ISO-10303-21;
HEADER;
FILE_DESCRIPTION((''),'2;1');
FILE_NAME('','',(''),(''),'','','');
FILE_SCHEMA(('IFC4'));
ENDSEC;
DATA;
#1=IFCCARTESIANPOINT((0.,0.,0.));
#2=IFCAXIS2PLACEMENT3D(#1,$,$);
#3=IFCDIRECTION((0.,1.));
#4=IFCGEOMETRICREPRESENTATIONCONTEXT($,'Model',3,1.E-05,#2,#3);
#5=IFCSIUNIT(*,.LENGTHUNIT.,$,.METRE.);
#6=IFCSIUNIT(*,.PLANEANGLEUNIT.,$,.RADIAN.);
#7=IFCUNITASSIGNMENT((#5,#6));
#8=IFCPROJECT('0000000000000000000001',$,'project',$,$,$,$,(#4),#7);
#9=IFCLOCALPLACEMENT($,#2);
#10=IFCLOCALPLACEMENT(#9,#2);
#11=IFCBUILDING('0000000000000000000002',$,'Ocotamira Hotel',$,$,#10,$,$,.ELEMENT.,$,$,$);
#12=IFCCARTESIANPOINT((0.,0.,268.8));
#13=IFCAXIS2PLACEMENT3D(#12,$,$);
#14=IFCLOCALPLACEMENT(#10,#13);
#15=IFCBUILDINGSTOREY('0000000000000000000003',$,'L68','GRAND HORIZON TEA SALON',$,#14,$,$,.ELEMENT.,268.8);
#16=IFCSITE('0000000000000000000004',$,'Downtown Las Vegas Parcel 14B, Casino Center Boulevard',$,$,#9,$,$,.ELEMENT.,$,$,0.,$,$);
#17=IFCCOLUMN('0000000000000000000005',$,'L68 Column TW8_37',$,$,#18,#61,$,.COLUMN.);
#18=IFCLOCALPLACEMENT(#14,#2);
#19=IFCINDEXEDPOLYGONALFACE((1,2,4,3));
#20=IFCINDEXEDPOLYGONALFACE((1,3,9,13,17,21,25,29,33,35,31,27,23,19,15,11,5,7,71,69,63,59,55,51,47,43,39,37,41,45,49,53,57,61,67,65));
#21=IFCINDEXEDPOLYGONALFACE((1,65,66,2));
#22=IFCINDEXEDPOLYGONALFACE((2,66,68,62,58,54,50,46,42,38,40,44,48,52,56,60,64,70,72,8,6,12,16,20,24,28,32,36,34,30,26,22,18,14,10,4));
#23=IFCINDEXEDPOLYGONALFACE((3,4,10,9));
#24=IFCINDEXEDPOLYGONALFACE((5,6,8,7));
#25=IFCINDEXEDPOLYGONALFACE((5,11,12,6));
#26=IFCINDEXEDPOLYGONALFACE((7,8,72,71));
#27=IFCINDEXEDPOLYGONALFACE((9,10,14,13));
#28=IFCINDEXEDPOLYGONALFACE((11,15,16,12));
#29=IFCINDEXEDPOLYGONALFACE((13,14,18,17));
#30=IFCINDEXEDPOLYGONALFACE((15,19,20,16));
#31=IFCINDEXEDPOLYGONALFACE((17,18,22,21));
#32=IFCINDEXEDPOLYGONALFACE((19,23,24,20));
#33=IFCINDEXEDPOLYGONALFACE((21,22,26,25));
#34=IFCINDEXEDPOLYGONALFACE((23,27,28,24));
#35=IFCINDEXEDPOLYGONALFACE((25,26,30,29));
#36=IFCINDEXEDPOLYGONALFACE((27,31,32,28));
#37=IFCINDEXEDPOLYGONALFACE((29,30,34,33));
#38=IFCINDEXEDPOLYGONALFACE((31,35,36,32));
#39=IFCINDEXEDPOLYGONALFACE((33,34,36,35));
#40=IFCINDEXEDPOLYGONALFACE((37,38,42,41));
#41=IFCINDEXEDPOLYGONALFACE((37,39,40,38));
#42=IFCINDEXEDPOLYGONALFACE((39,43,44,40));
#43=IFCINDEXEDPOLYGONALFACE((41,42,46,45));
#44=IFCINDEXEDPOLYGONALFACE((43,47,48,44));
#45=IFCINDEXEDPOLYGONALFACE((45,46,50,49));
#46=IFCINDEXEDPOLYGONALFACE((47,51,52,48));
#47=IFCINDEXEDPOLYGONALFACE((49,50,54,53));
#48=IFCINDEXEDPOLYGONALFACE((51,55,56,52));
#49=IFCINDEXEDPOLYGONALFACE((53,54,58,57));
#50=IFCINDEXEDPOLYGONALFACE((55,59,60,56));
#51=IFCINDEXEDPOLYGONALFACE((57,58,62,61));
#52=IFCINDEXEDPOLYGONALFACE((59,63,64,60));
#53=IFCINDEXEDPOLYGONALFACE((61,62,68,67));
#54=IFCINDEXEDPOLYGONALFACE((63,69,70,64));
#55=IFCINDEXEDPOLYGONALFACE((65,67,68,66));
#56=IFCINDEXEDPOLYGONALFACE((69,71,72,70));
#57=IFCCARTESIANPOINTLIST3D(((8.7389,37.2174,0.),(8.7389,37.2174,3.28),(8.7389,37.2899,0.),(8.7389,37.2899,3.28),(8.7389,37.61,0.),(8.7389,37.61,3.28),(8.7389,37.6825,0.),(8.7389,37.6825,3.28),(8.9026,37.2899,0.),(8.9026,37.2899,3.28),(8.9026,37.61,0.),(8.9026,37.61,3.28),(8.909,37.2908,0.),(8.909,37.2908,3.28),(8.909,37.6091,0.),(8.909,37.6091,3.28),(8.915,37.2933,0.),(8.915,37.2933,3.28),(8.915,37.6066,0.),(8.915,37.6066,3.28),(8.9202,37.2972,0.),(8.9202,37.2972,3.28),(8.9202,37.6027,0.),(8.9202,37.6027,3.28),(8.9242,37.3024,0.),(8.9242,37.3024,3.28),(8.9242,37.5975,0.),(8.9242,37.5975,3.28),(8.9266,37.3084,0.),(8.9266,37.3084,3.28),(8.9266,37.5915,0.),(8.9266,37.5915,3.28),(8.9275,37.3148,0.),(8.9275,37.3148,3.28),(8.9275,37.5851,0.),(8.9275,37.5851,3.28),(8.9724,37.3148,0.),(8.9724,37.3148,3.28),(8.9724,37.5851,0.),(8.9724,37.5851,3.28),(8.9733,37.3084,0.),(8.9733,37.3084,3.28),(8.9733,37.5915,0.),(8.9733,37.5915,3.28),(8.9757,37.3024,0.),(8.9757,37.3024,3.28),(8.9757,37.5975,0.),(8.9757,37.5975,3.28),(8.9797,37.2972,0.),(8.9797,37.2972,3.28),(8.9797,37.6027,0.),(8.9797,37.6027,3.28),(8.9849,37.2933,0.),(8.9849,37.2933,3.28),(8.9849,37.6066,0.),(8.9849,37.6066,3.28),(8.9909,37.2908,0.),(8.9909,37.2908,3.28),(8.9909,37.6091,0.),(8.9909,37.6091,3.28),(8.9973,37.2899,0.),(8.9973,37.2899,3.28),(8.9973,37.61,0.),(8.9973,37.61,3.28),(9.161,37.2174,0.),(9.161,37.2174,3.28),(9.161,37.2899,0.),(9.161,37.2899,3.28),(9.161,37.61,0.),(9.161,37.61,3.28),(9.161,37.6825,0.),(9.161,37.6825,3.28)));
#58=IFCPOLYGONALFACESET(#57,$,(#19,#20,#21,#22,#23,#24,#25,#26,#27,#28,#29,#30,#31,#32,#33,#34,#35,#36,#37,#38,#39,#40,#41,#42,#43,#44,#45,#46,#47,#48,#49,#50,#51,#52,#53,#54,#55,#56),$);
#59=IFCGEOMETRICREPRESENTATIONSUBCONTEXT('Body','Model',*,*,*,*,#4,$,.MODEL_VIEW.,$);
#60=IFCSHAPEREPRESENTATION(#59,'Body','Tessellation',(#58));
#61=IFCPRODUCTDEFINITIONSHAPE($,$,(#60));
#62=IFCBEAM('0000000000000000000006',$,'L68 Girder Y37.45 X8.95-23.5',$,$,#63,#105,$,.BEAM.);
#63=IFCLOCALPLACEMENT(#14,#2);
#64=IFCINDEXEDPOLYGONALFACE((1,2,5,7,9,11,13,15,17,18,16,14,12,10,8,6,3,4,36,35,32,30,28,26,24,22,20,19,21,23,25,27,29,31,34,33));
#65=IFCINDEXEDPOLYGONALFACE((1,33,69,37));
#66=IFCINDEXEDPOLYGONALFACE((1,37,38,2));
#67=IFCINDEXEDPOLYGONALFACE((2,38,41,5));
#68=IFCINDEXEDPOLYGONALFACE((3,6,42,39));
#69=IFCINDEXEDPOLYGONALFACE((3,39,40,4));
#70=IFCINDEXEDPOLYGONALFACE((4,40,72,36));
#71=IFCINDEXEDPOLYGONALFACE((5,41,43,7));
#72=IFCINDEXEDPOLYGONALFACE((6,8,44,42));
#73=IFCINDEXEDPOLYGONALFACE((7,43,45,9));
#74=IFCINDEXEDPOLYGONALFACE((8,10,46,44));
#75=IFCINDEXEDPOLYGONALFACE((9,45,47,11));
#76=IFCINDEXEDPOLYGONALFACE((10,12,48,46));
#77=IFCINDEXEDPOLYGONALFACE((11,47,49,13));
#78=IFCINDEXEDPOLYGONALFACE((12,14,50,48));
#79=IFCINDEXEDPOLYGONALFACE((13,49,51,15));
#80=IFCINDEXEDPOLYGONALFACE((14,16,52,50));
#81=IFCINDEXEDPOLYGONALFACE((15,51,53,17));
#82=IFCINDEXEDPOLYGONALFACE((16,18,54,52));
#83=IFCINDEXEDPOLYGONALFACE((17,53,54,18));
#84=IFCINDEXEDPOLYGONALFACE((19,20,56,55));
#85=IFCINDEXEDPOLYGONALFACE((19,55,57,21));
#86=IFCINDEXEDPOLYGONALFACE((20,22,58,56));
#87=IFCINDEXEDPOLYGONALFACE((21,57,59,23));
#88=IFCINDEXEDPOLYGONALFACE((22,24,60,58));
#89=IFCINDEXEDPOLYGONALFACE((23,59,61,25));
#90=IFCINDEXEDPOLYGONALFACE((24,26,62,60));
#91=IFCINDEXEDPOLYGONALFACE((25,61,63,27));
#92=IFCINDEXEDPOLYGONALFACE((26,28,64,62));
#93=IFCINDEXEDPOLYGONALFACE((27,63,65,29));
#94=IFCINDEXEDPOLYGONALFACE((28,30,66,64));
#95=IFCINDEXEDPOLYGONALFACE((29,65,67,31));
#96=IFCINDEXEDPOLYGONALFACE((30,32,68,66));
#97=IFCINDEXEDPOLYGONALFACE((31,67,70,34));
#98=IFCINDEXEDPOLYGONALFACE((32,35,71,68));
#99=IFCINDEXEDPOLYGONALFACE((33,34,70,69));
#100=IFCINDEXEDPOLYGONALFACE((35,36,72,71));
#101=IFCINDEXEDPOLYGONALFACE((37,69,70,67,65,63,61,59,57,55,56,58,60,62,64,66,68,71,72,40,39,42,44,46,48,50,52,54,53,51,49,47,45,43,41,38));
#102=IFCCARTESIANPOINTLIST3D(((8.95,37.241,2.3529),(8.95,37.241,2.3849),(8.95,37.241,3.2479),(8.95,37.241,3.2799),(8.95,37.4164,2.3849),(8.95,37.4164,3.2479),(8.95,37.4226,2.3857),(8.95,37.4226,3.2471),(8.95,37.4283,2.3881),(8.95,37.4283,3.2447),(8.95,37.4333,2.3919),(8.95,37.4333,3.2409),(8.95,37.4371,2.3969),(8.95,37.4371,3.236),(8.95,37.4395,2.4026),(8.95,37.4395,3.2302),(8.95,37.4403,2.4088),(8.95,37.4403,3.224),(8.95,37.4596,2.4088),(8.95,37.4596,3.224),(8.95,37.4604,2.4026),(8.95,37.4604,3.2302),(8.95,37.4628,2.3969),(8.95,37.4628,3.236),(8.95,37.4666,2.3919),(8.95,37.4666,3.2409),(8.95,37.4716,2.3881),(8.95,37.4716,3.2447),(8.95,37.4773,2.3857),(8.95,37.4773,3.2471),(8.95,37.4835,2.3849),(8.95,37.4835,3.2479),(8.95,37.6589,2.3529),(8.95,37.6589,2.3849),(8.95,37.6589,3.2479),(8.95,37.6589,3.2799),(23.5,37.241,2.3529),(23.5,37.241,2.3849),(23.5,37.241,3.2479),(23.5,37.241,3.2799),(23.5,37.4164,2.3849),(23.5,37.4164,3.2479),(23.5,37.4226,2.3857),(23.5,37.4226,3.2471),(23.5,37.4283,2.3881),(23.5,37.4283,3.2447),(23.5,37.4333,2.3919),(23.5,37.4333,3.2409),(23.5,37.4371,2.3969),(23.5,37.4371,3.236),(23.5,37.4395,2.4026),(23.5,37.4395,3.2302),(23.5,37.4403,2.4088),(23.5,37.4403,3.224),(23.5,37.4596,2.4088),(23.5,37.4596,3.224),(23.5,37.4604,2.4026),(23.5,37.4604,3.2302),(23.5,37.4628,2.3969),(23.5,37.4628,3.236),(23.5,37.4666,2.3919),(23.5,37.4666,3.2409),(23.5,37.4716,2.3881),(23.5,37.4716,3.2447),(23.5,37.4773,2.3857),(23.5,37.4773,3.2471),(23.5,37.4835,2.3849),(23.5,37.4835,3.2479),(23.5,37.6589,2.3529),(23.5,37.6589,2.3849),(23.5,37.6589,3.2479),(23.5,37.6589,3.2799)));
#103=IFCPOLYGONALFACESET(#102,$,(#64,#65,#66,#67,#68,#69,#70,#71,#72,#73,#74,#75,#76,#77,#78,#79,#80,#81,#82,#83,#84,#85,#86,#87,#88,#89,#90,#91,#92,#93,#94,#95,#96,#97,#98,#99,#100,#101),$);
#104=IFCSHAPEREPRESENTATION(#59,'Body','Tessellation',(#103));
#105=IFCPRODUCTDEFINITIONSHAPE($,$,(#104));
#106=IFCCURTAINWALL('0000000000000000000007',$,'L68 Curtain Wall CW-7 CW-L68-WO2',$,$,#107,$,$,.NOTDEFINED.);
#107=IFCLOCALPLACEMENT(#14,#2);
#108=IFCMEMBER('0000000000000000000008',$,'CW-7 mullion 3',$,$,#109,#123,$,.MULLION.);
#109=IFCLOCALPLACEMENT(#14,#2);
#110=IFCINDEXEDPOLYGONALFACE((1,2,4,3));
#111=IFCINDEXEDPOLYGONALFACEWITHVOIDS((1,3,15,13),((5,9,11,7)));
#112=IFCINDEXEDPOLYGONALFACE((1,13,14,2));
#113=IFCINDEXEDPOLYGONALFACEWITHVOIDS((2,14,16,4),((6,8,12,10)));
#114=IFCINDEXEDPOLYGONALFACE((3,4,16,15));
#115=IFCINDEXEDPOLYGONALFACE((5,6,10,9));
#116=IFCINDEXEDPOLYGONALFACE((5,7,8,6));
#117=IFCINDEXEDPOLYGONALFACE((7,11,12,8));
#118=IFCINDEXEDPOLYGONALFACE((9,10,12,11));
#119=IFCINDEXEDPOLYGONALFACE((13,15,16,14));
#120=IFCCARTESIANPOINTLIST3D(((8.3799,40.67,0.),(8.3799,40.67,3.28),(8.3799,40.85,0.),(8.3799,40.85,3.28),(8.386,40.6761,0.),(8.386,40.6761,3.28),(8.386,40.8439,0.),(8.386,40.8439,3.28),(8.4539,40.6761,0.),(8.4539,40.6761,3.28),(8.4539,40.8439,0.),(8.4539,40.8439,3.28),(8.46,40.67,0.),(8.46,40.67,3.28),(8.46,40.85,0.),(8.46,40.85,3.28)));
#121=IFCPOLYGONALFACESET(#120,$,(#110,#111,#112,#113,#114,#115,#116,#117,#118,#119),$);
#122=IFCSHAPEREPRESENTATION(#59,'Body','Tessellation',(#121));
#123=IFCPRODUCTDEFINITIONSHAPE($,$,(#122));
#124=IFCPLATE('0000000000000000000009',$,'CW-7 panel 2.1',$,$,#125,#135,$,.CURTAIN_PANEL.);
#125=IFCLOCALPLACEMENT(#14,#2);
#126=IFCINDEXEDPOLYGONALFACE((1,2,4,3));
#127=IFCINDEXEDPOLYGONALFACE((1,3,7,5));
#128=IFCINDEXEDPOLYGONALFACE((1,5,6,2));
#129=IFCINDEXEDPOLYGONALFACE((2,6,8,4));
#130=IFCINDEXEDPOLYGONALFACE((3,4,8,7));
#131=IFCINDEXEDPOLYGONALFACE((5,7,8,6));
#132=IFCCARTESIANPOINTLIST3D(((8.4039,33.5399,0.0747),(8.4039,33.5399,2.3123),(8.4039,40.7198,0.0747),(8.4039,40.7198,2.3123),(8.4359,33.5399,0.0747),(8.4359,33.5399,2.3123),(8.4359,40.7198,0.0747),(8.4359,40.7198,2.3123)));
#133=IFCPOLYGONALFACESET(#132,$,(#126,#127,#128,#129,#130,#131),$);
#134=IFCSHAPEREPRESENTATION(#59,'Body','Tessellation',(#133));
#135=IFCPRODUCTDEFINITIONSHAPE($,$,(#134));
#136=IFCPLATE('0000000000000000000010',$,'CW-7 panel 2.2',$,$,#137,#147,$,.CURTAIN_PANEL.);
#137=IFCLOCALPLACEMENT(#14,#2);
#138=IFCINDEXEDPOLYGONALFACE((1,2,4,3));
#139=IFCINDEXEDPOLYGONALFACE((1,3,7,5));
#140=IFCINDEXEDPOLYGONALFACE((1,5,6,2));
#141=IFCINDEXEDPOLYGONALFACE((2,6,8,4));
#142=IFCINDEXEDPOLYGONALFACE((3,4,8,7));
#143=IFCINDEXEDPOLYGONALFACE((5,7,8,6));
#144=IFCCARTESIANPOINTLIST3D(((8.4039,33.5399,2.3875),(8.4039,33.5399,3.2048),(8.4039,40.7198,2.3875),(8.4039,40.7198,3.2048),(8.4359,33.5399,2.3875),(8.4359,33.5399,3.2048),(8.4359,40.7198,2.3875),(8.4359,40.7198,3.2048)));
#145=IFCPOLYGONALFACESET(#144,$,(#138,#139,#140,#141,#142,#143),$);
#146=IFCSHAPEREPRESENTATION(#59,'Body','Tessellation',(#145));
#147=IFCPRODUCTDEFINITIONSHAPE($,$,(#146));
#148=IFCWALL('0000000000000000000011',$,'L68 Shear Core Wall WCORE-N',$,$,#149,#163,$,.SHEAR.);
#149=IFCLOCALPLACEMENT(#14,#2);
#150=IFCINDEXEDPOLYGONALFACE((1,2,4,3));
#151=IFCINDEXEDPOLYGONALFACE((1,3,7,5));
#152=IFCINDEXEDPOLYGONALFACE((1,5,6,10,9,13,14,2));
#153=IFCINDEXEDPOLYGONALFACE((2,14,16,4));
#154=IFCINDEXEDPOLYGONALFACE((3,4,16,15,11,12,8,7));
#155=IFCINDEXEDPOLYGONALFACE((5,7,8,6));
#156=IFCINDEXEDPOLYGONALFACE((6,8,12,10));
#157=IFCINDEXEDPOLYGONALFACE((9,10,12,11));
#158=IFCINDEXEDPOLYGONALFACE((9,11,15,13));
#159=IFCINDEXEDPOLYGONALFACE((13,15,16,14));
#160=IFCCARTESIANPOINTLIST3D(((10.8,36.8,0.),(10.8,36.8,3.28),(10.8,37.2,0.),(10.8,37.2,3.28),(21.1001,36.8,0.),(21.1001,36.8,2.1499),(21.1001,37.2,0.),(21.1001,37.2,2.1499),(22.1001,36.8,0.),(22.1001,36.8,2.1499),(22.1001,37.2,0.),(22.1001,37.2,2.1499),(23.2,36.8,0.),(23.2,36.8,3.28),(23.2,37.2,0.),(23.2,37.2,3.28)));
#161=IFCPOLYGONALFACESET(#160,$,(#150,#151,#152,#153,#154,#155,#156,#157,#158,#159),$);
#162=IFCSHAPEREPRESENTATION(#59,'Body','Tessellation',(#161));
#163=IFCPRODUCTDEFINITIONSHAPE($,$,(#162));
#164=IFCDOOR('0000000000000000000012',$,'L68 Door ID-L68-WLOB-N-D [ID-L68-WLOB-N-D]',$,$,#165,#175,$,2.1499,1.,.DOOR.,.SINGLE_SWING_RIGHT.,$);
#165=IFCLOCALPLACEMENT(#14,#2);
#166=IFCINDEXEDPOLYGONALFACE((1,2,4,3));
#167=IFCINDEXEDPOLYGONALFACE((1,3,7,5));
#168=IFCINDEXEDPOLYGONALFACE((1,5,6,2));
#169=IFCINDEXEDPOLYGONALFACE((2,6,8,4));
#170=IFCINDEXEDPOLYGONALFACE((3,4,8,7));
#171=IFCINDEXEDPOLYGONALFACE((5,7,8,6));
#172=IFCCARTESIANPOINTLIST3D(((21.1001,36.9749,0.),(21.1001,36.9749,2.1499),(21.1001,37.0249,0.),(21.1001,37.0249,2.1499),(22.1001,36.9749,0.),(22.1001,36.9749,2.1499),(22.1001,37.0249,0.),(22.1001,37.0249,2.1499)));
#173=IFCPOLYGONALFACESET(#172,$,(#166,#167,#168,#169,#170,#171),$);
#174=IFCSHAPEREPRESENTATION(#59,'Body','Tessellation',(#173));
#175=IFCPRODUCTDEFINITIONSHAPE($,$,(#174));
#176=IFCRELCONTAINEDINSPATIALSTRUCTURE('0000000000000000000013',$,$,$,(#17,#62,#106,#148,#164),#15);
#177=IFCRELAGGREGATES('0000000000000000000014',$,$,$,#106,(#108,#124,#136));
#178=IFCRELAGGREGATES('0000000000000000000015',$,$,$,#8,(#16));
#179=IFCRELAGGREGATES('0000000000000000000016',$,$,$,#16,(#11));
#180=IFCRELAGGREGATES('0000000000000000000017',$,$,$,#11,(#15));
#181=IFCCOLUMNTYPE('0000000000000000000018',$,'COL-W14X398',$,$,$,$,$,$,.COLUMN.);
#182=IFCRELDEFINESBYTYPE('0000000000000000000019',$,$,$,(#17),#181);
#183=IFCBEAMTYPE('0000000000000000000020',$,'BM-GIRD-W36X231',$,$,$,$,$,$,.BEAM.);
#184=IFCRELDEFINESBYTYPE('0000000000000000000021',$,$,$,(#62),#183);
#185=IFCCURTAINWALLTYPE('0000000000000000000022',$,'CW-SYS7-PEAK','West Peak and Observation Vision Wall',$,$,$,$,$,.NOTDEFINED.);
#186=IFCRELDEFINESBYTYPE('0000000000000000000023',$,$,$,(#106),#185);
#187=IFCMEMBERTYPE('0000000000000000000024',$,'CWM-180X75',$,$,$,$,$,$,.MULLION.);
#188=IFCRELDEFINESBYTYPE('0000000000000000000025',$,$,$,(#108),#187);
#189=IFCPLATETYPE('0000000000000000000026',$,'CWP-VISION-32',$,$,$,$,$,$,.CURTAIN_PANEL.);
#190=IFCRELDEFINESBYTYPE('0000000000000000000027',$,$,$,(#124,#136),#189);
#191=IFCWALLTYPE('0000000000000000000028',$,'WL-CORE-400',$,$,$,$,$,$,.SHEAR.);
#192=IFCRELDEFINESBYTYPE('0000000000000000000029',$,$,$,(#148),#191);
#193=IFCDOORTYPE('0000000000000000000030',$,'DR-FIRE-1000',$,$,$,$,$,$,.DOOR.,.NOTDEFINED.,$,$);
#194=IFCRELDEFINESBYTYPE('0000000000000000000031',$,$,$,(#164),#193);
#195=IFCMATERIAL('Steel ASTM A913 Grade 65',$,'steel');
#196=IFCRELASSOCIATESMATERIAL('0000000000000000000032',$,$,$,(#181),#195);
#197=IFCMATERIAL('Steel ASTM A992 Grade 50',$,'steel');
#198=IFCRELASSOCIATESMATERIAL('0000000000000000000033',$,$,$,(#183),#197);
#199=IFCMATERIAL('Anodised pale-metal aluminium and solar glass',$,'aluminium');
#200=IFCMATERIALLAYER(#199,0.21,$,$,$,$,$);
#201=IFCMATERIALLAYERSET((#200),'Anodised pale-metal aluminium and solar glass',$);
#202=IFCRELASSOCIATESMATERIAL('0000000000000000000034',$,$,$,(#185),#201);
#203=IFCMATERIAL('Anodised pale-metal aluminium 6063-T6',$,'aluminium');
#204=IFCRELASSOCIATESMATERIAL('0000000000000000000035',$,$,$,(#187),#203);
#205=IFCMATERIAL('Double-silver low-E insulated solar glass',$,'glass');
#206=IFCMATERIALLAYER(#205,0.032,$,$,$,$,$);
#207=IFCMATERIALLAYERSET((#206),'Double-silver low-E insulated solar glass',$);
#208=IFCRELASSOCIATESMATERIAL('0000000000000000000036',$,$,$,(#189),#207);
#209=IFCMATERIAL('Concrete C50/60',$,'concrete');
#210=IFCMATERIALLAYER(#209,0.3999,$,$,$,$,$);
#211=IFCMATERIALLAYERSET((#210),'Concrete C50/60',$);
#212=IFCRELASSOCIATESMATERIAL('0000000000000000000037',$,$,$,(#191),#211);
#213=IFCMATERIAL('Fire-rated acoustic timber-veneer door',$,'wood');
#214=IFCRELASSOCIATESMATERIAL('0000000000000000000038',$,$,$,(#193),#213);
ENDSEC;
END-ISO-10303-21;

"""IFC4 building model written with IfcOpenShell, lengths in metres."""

from ifc_helpers import new_model, si_unit, direction, frame, frame_2d, origin, origin_2d, place, context, subcontext, project, spatial, rectangle, hollow_rectangle, i_section, extrude, source, transform, mapped, material, layer, layer_set, material_profile, profile_set, type_object, element, fill, aggregate, save


model = new_model("IFC4")

# Units and contexts
model_context = context("Model", 3, precision=1e-05, world=origin(), true_north=direction((0.0, 1.0)))
body_context = subcontext(model_context, "Body", "Model", "MODEL_VIEW")
ifc_project = project(units=[si_unit("LENGTHUNIT", "METRE"), si_unit("PLANEANGLEUNIT", "RADIAN")], contexts=[model_context])

# Site, building, storey
site_placement = place(None, origin())
site = spatial("IfcSite", under=ifc_project, at=site_placement, Name="Downtown Las Vegas Parcel 14B, Casino Center Boulevard", CompositionType="ELEMENT", RefElevation=0.0)
building_placement = place(site_placement, origin())
building = spatial("IfcBuilding", under=site, at=building_placement, Name="Ocotamira Hotel", CompositionType="ELEMENT")
storey_placement = place(building_placement, frame((0.0, 0.0, 268.8)))
storey = spatial("IfcBuildingStorey", under=building, at=storey_placement, Name="L68", Description="GRAND HORIZON TEA SALON", CompositionType="ELEMENT", Elevation=268.8)

# Column
ifc_material_1 = material(Name="Steel ASTM A913 Grade 65", Category="steel")
ifc_material_profile_1 = material_profile(ifc_material_1, i_section(OverallWidth=0.4221, OverallDepth=0.4651, WebThickness=0.0449, FlangeThickness=0.0725, FilletRadius=0.0249, at=origin_2d()), Name="W14X398")
ifc_profile_set_1 = profile_set([ifc_material_profile_1], Name="Steel ASTM A913 Grade 65")
column_type = type_object("IfcColumnType", Name="COL-W14X398", PredefinedType="COLUMN", material=ifc_profile_set_1)
shared_shape_1 = source(origin(), body_context, "Body", "SweptSolid", [
    extrude(i_section(OverallWidth=0.4221, OverallDepth=0.4651, WebThickness=0.0449, FlangeThickness=0.0725, FilletRadius=0.0249, at=origin_2d()), origin(), (0.0, 0.0, 1.0), 3.28),
])
column_placement = place(storey_placement, frame((8.95, 37.45, 0.0), z_axis=(0.0, 0.0, 1.0), x_axis=(1.0, 0.0, 0.0)))
element("IfcColumn", 1, at=column_placement, inside=storey, type_object=column_type, Name="L68 Column TW8_37", PredefinedType="COLUMN", context=body_context, shape_type="MappedRepresentation", body=[
    mapped(shared_shape_1, transform((0.0, 0.0, 0.0), scale=1.0)),
])

# Beam
ifc_material_2 = material(Name="Steel ASTM A992 Grade 50", Category="steel")
ifc_material_profile_2 = material_profile(ifc_material_2, i_section(OverallWidth=0.418, OverallDepth=0.927, WebThickness=0.0193, FlangeThickness=0.032, FilletRadius=0.0239, at=origin_2d()), Name="W36X231")
ifc_profile_set_2 = profile_set([ifc_material_profile_2], Name="Steel ASTM A992 Grade 50")
beam_type = type_object("IfcBeamType", Name="BM-GIRD-W36X231", PredefinedType="BEAM", material=ifc_profile_set_2)
shared_shape_2 = source(origin(), body_context, "Body", "SweptSolid", [
    extrude(i_section(OverallWidth=0.418, OverallDepth=0.927, WebThickness=0.0193, FlangeThickness=0.032, FilletRadius=0.0239, at=origin_2d()), origin(), (0.0, 0.0, 1.0), 14.55),
])
beam_placement = place(storey_placement, frame((8.95, 37.45, 2.8164), z_axis=(1.0, 0.0, 0.0), x_axis=(0.0, 1.0, 0.0)))
element("IfcBeam", 2, at=beam_placement, inside=storey, type_object=beam_type, Name="L68 Girder Y37.45 X8.95-23.5", PredefinedType="BEAM", context=body_context, shape_type="MappedRepresentation", body=[
    mapped(shared_shape_2, transform((0.0, 0.0, 0.0), scale=1.0)),
])

# Curtain wall, member, plates
ifc_material_3 = material(Name="Anodised pale-metal aluminium and solar glass", Category="aluminium")
ifc_layer_1 = layer(ifc_material_3, 0.21)
ifc_layer_set_1 = layer_set([ifc_layer_1], Name="Anodised pale-metal aluminium and solar glass")
curtain_wall_type = type_object("IfcCurtainWallType", Name="CW-SYS7-PEAK", Description="West Peak and Observation Vision Wall", PredefinedType="NOTDEFINED", material=ifc_layer_set_1)
curtain_wall_placement = place(storey_placement, origin())
curtain_wall = element("IfcCurtainWall", 3, at=curtain_wall_placement, inside=storey, type_object=curtain_wall_type, Name="L68 Curtain Wall CW-7 CW-L68-WO2", PredefinedType="NOTDEFINED")
ifc_material_4 = material(Name="Anodised pale-metal aluminium 6063-T6", Category="aluminium")
ifc_material_profile_3 = material_profile(ifc_material_4, hollow_rectangle(XDim=0.0801, YDim=0.1799, WallThickness=0.0061, at=origin_2d()), Name="HSS180X80X6")
ifc_profile_set_3 = profile_set([ifc_material_profile_3], Name="Anodised pale-metal aluminium 6063-T6")
member_type = type_object("IfcMemberType", Name="CWM-180X75", PredefinedType="MULLION", material=ifc_profile_set_3)
shared_shape_3 = source(origin(), body_context, "Body", "SweptSolid", [
    extrude(hollow_rectangle(XDim=0.0801, YDim=0.1799, WallThickness=0.0061, at=origin_2d()), origin(), (0.0, 0.0, 1.0), 3.28),
])
member_placement = place(storey_placement, frame((8.4199, 40.76, 0.0), z_axis=(0.0, 0.0, 1.0), x_axis=(-1.0, 0.0, 0.0)))
member = element("IfcMember", 4, at=member_placement, type_object=member_type, Name="CW-7 mullion 3", PredefinedType="MULLION", context=body_context, shape_type="MappedRepresentation", body=[
    mapped(shared_shape_3, transform((0.0, 0.0, 0.0), scale=1.0)),
])
ifc_material_5 = material(Name="Double-silver low-E insulated solar glass", Category="glass")
ifc_layer_2 = layer(ifc_material_5, 0.032)
ifc_layer_set_2 = layer_set([ifc_layer_2], Name="Double-silver low-E insulated solar glass")
plate_type = type_object("IfcPlateType", Name="CWP-VISION-32", PredefinedType="CURTAIN_PANEL", material=ifc_layer_set_2)
shared_shape_4 = source(origin(), body_context, "Body", "SweptSolid", [
    extrude(rectangle(XDim=7.1799, YDim=0.032, at=origin_2d()), origin(), (0.0, 0.0, 1.0), 2.2375),
])
plate_1_placement = place(storey_placement, frame((8.4199, 37.1299, 0.0747), z_axis=(0.0, 0.0, 1.0), x_axis=(0.0, 1.0, 0.0)))
plate_1 = element("IfcPlate", 5, at=plate_1_placement, type_object=plate_type, Name="CW-7 panel 2.1", PredefinedType="CURTAIN_PANEL", context=body_context, shape_type="MappedRepresentation", body=[
    mapped(shared_shape_4, transform((0.0, 0.0, 0.0), scale=1.0)),
])
shared_shape_5 = source(origin(), body_context, "Body", "SweptSolid", [
    extrude(rectangle(XDim=7.1799, YDim=0.032, at=origin_2d()), origin(), (0.0, 0.0, 1.0), 0.8174),
])
plate_2_placement = place(storey_placement, frame((8.4199, 37.1299, 2.3875), z_axis=(0.0, 0.0, 1.0), x_axis=(0.0, 1.0, 0.0)))
plate_2 = element("IfcPlate", 6, at=plate_2_placement, type_object=plate_type, Name="CW-7 panel 2.2", PredefinedType="CURTAIN_PANEL", context=body_context, shape_type="MappedRepresentation", body=[
    mapped(shared_shape_5, transform((0.0, 0.0, 0.0), scale=1.0)),
])
aggregate(curtain_wall, [member, plate_1, plate_2])

# Wall, opening, door
ifc_material_6 = material(Name="Concrete C50/60", Category="concrete")
ifc_layer_3 = layer(ifc_material_6, 0.3999)
ifc_layer_set_3 = layer_set([ifc_layer_3], Name="Concrete C50/60")
wall_type_1 = type_object("IfcWallType", Name="WL-CORE-400", PredefinedType="SHEAR", material=ifc_layer_set_3)
wall_1_placement = place(storey_placement, frame((10.8, 37.0, 0.0), z_axis=(0.0, 0.0, 1.0), x_axis=(1.0, 0.0, 0.0)))
wall_1 = element("IfcWall", 7, at=wall_1_placement, inside=storey, type_object=wall_type_1, Name="L68 Shear Core Wall WCORE-N", PredefinedType="SHEAR", context=body_context, shape_type="SweptSolid", body=[
    extrude(rectangle(XDim=12.3999, YDim=0.3999, at=frame_2d((6.2, 0.0))), origin(), (0.0, 0.0, 1.0), 3.28),
])
opening_1_placement = place(wall_1_placement, frame((10.3, 0.0, 0.0)))
opening_1 = element("IfcOpeningElement", 8, at=opening_1_placement, cuts=wall_1, PredefinedType="OPENING", context=body_context, shape_type="SweptSolid", body=[
    extrude(rectangle(XDim=1.0, YDim=2.1499, at=frame_2d((0.5, 1.075))), frame((0.0, 0.21, 0.0), z_axis=(0.0, -1.0, 0.0), x_axis=(1.0, 0.0, 0.0)), (0.0, 0.0, 1.0), 0.4199),
])
ifc_material_7 = material(Name="Fire-rated acoustic timber-veneer door", Category="wood")
door_type_1 = type_object("IfcDoorType", Name="DR-FIRE-1000", OperationType="NOTDEFINED", PredefinedType="DOOR", material=ifc_material_7)
shared_shape_6 = source(origin(), body_context, "Body", "SweptSolid", [
    extrude(rectangle(XDim=1.0, YDim=2.1499, at=frame_2d((0.5, 1.075))), frame((0.0, 0.0249, 0.0), z_axis=(0.0, -1.0, 0.0), x_axis=(1.0, 0.0, 0.0)), (0.0, 0.0, 1.0), 0.05),
])
door_1_placement = place(opening_1_placement, origin())
door_1 = element("IfcDoor", 9, at=door_1_placement, inside=storey, type_object=door_type_1, Name="L68 Door ID-L68-WLOB-N-D [ID-L68-WLOB-N-D]", OperationType="SINGLE_SWING_RIGHT", OverallHeight=2.1499, OverallWidth=1.0, PredefinedType="DOOR", context=body_context, shape_type="MappedRepresentation", body=[
    mapped(shared_shape_6, transform((0.0, 0.0, 0.0), scale=1.0)),
])
fill(opening_1, door_1)

save(model, "model.ifc")
